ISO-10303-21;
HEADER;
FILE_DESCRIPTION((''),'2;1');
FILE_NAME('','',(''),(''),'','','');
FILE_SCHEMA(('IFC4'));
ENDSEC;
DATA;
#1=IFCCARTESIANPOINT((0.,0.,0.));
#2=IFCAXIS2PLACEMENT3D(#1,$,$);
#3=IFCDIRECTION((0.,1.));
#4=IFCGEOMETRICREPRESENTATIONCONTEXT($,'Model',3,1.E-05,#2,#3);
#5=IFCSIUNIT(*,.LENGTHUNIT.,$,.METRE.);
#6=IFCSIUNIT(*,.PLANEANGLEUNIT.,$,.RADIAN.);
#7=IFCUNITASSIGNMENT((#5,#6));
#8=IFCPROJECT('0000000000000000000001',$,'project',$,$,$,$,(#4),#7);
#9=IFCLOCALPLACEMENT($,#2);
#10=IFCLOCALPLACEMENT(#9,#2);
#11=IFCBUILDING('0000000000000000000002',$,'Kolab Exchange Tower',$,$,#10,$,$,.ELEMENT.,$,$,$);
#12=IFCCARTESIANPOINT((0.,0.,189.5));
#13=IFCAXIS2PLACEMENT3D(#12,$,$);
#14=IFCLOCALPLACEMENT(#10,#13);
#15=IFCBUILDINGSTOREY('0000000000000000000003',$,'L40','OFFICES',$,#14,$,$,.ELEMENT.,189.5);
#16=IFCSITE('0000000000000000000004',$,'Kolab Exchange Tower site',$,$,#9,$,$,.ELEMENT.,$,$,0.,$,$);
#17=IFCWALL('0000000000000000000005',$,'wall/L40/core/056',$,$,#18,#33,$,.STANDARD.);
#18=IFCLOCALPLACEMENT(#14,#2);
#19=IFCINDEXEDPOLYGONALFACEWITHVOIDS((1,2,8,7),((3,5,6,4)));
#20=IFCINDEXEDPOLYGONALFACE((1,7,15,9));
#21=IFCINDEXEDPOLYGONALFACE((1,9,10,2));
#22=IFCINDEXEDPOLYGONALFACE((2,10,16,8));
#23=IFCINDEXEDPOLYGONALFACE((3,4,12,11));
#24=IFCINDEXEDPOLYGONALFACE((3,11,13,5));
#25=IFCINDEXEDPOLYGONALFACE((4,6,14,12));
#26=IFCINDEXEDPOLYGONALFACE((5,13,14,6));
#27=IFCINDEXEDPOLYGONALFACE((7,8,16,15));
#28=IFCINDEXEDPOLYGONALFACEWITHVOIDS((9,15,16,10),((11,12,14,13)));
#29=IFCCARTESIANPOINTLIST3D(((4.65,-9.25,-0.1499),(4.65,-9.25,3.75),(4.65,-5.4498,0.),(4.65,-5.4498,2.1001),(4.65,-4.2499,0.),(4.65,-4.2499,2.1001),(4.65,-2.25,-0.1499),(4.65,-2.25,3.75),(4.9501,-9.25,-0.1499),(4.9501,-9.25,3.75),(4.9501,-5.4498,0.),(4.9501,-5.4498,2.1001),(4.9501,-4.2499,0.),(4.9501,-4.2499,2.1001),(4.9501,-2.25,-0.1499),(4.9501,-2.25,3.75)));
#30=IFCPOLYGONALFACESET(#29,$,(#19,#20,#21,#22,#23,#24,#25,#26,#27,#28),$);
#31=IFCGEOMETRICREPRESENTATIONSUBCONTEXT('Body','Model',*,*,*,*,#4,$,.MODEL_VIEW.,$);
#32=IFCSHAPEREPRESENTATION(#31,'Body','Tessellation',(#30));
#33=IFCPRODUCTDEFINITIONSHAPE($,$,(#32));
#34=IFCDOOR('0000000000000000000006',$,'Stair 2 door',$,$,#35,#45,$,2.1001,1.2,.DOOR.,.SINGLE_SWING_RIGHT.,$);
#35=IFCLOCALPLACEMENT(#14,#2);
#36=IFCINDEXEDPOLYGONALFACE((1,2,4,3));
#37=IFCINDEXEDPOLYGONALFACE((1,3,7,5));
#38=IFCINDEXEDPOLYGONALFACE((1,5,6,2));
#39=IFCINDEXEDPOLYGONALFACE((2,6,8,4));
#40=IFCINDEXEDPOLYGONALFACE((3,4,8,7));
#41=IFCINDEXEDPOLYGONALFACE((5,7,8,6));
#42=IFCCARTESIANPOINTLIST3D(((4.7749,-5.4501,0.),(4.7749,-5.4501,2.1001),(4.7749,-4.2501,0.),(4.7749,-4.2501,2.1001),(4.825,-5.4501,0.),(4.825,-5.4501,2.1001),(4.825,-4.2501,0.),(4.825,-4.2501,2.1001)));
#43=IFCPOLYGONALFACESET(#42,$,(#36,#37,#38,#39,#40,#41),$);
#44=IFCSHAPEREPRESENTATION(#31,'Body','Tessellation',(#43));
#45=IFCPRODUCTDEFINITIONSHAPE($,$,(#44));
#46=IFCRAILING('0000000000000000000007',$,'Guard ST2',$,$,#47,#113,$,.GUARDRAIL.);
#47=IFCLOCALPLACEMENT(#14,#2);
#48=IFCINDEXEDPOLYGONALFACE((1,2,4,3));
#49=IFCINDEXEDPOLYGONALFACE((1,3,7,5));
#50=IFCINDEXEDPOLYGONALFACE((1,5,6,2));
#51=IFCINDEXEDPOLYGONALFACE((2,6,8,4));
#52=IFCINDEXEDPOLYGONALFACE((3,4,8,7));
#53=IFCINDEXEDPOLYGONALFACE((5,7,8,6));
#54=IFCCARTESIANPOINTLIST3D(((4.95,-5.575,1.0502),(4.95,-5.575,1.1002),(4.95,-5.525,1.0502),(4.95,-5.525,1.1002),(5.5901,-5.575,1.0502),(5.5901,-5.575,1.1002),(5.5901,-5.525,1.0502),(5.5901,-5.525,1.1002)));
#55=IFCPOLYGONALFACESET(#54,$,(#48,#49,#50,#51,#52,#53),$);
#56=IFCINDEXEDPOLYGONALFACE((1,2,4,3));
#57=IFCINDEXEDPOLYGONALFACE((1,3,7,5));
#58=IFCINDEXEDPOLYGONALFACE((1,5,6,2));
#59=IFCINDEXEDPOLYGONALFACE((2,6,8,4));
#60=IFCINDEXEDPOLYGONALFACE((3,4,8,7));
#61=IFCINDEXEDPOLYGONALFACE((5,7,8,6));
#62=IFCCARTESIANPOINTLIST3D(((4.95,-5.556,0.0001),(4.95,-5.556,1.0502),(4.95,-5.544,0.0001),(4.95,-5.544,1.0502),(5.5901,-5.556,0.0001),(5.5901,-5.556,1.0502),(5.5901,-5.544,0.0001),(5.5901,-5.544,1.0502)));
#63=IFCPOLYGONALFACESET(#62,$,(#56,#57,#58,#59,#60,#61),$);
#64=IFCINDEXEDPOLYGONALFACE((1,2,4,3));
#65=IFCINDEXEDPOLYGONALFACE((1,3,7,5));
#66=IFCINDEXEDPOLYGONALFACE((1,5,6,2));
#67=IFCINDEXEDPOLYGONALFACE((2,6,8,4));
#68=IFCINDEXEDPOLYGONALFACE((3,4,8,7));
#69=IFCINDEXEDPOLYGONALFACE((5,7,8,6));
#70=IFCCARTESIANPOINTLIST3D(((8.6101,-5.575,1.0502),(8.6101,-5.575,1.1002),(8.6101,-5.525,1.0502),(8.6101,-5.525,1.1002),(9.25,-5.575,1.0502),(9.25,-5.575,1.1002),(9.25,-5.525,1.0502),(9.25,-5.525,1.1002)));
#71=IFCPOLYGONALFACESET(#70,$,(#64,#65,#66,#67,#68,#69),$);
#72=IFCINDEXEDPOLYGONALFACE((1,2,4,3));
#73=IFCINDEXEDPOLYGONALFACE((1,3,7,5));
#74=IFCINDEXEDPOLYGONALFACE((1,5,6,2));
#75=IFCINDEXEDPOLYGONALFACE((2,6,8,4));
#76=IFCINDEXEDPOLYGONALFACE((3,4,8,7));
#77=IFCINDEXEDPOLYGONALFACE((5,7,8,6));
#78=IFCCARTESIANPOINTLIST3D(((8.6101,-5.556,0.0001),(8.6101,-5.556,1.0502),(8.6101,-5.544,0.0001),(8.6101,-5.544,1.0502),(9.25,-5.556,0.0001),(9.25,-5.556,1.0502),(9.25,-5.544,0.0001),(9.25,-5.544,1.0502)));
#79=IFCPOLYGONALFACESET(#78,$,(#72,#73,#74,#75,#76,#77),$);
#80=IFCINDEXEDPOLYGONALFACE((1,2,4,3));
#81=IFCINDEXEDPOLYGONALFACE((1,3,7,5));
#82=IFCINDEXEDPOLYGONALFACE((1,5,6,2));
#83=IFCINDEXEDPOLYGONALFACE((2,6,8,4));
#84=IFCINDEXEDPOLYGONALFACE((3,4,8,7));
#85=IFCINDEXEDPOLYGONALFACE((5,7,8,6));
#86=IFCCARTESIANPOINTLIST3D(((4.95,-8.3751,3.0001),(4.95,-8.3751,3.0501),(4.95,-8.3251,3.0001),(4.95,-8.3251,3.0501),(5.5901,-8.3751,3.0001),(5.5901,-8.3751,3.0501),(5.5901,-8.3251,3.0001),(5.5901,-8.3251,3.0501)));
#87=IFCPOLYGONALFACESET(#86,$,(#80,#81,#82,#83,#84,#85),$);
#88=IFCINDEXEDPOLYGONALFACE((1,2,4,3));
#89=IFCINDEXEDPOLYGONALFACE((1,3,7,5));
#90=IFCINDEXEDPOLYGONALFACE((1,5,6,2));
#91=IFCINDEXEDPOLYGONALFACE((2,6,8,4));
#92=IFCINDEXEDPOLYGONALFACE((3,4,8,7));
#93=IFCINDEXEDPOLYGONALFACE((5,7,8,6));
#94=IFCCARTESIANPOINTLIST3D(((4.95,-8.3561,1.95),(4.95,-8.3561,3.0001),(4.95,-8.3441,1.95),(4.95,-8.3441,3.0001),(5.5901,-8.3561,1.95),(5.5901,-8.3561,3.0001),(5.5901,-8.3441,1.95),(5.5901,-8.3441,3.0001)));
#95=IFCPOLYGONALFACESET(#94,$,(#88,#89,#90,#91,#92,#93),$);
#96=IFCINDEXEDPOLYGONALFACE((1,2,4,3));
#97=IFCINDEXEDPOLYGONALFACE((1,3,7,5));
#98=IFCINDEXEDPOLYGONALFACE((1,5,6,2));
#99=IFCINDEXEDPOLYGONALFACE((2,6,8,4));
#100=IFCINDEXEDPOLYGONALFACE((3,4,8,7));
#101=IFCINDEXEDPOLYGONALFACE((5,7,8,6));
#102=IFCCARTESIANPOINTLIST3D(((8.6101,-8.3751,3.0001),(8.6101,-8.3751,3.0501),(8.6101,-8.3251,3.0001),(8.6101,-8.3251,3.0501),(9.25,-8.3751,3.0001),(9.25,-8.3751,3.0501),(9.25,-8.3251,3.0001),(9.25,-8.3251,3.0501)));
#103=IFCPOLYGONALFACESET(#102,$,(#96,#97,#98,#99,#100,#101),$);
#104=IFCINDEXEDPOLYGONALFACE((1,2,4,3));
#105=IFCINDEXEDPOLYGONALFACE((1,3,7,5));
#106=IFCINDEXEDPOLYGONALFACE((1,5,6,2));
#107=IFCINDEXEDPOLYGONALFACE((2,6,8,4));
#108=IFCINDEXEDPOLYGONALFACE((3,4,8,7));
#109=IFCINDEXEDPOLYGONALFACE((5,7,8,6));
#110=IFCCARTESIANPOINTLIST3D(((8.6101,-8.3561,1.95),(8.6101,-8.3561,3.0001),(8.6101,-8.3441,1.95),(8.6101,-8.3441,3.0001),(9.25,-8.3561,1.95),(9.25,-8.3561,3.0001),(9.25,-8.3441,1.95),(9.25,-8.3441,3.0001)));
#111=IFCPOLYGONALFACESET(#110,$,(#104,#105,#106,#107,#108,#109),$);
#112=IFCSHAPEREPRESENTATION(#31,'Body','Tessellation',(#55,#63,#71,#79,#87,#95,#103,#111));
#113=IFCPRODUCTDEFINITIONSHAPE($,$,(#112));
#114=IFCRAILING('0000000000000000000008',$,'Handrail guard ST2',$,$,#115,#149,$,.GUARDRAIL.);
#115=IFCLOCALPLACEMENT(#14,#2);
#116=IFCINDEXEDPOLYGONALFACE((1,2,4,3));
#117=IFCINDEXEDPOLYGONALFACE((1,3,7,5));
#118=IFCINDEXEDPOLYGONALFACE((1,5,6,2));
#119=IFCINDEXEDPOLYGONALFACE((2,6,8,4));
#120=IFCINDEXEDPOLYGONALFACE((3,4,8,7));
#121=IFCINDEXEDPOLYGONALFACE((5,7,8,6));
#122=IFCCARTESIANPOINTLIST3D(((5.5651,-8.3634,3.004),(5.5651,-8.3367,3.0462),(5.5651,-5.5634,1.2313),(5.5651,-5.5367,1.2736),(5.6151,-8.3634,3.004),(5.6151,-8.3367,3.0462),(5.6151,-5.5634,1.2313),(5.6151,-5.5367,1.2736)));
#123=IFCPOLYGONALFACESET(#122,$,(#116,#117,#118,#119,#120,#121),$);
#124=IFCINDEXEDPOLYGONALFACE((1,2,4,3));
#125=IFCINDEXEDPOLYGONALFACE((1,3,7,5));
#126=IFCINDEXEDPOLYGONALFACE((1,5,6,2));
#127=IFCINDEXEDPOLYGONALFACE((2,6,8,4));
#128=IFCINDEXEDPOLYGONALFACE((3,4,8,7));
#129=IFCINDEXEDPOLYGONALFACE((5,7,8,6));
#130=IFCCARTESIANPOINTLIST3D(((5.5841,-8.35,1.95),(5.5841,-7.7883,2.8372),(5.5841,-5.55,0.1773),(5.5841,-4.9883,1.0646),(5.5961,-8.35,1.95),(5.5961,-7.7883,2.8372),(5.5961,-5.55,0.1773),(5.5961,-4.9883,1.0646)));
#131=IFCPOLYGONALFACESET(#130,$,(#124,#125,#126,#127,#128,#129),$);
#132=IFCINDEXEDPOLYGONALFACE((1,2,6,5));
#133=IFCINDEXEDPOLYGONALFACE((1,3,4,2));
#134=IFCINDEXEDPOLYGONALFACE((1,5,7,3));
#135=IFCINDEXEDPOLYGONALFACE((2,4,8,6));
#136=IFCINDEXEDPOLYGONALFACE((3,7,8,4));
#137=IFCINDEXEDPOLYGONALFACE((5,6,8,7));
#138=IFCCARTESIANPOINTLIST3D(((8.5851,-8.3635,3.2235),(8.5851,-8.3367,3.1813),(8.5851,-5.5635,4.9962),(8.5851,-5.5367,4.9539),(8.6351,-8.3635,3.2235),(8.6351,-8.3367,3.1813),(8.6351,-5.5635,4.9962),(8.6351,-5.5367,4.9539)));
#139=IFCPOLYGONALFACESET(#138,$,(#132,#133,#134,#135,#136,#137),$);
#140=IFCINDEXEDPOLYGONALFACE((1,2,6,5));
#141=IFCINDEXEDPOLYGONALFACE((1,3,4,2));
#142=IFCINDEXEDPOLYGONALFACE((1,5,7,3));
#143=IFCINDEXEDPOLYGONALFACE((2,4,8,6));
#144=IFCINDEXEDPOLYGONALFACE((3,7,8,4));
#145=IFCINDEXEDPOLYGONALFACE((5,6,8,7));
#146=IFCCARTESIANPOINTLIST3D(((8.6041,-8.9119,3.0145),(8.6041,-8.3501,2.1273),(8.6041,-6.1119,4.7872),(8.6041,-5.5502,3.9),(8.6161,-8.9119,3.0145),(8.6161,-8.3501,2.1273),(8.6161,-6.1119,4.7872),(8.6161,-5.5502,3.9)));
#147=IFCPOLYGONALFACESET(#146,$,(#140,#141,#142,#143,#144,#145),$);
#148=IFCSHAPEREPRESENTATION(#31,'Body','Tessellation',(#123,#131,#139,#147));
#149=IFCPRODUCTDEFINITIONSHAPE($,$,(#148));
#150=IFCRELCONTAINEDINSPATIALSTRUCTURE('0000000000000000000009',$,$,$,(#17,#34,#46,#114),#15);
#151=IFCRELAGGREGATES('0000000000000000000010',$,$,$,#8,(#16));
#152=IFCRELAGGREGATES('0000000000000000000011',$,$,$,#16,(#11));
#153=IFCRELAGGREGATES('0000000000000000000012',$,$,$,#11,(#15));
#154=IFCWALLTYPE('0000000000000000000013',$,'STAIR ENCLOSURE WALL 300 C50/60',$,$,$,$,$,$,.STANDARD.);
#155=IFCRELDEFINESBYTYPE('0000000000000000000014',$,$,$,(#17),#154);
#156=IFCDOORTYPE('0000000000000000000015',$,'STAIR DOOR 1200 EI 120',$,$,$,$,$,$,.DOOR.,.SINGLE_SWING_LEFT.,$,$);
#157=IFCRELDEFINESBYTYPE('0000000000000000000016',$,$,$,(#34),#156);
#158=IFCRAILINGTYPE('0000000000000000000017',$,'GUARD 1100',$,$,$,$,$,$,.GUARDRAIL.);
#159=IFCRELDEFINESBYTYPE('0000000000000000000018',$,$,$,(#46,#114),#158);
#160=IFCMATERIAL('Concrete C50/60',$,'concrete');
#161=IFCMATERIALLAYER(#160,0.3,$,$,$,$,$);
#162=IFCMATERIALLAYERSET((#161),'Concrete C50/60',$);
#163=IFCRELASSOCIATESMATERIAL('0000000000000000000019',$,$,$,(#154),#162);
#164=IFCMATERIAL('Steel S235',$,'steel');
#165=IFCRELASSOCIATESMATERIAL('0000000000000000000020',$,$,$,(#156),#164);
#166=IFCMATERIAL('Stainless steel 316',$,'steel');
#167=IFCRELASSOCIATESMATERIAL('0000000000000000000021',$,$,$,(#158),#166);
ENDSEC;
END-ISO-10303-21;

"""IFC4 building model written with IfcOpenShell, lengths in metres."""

from ifc_helpers import new_model, si_unit, direction, frame, frame_2d, origin, origin_2d, place, context, subcontext, project, spatial, rectangle, extrude, material, layer, layer_set, type_object, element, fill, save


model = new_model("IFC4")

# Units and contexts
model_context = context("Model", 3, precision=1e-05, world=origin(), true_north=direction((0.0, 1.0)))
body_context = subcontext(model_context, "Body", "Model", "MODEL_VIEW")
ifc_project = project(units=[si_unit("LENGTHUNIT", "METRE"), si_unit("PLANEANGLEUNIT", "RADIAN")], contexts=[model_context])

# Site, building, storey
site_placement = place(None, origin())
site = spatial("IfcSite", under=ifc_project, at=site_placement, Name="Kolab Exchange Tower site", CompositionType="ELEMENT", RefElevation=0.0)
building_placement = place(site_placement, origin())
building = spatial("IfcBuilding", under=site, at=building_placement, Name="Kolab Exchange Tower", CompositionType="ELEMENT")
storey_placement = place(building_placement, frame((0.0, 0.0, 189.5)))
storey = spatial("IfcBuildingStorey", under=building, at=storey_placement, Name="L40", Description="OFFICES", CompositionType="ELEMENT", Elevation=189.5)

# Shared definitions
ifc_material_1 = material(Name="Concrete C50/60", Category="concrete")
ifc_material_2 = material(Name="Stainless steel 316", Category="steel")

# Shared definitions
ifc_layer_1 = layer(ifc_material_1, 0.3)
ifc_layer_set_1 = layer_set([ifc_layer_1], Name="Concrete C50/60")
wall_type_1 = type_object("IfcWallType", Name="STAIR ENCLOSURE WALL 300 C50/60", PredefinedType="STANDARD", material=ifc_layer_set_1)

# Wall, opening, door
wall_1_placement = place(storey_placement, frame((4.8, -9.25, -0.1499), z_axis=(0.0, 0.0, 1.0), x_axis=(0.0, 1.0, 0.0)))
wall_1 = element("IfcWall", 1, at=wall_1_placement, inside=storey, type_object=wall_type_1, Name="wall/L40/core/056", PredefinedType="STANDARD", context=body_context, shape_type="SweptSolid", body=[
    extrude(rectangle(XDim=7.0, YDim=0.3, at=frame_2d((3.5, 0.0))), origin(), (0.0, 0.0, 1.0), 3.8999),
])
opening_1_placement = place(wall_1_placement, frame((3.8, 0.0, 0.1499)))
opening_1 = element("IfcOpeningElement", 2, at=opening_1_placement, cuts=wall_1, PredefinedType="OPENING", context=body_context, shape_type="SweptSolid", body=[
    extrude(rectangle(XDim=1.2, YDim=2.1001, at=frame_2d((0.6001, 1.05))), frame((0.0, 0.1602, 0.0), z_axis=(0.0, -1.0, 0.0), x_axis=(1.0, 0.0, 0.0)), (0.0, 0.0, 1.0), 0.3201),
])
ifc_material_3 = material(Name="Steel S235", Category="steel")
door_type_1 = type_object("IfcDoorType", Name="STAIR DOOR 1200 EI 120", OperationType="SINGLE_SWING_LEFT", PredefinedType="DOOR", material=ifc_material_3)
door_1_placement = place(opening_1_placement, frame((1.2, 0.0, 0.0), z_axis=(0.0, 0.0, 1.0), x_axis=(-1.0, 0.0, 0.0)))
door_1 = element("IfcDoor", 3, at=door_1_placement, inside=storey, type_object=door_type_1, Name="Stair 2 door", OperationType="SINGLE_SWING_RIGHT", OverallHeight=2.1001, OverallWidth=1.2, PredefinedType="DOOR", context=body_context, shape_type="SweptSolid", body=[
    extrude(rectangle(XDim=1.2, YDim=2.1001, at=frame_2d((0.6001, 1.05))), frame((0.0, 0.0249, 0.0), z_axis=(0.0, -1.0, 0.0), x_axis=(1.0, 0.0, 0.0)), (0.0, 0.0, 1.0), 0.05),
])
fill(opening_1, door_1)

# Railings
railing_type = type_object("IfcRailingType", Name="GUARD 1100", PredefinedType="GUARDRAIL", material=ifc_material_2)
railing_1_placement = place(storey_placement, frame((4.95, -5.55, 0.0)))
element("IfcRailing", 4, at=railing_1_placement, inside=storey, type_object=railing_type, Name="Guard ST2", PredefinedType="GUARDRAIL", context=body_context, shape_type="SweptSolid", body=[
    extrude(rectangle(XDim=0.05, YDim=0.05, at=origin_2d()), frame((0.0, 0.0, 1.0752), z_axis=(1.0, 0.0, 0.0), x_axis=(0.0, 1.0, 0.0)), (0.0, 0.0, 1.0), 0.6401),
    extrude(rectangle(XDim=0.012, YDim=1.0501, at=frame_2d((0.0, 0.5251))), frame((0.0, 0.0, 0.0), z_axis=(1.0, 0.0, 0.0), x_axis=(0.0, 1.0, 0.0)), (0.0, 0.0, 1.0), 0.6401),
    extrude(rectangle(XDim=0.05, YDim=0.05, at=origin_2d()), frame((3.6602, 0.0, 1.0752), z_axis=(1.0, 0.0, 0.0), x_axis=(0.0, 1.0, 0.0)), (0.0, 0.0, 1.0), 0.6399),
    extrude(rectangle(XDim=0.012, YDim=1.0501, at=frame_2d((0.0, 0.5251))), frame((3.6602, 0.0, 0.0), z_axis=(1.0, 0.0, 0.0), x_axis=(0.0, 1.0, 0.0)), (0.0, 0.0, 1.0), 0.6399),
    extrude(rectangle(XDim=0.05, YDim=0.05, at=origin_2d()), frame((0.0, -2.8, 3.0251), z_axis=(1.0, 0.0, 0.0), x_axis=(0.0, 1.0, 0.0)), (0.0, 0.0, 1.0), 0.6401),
    extrude(rectangle(XDim=0.012, YDim=1.0501, at=frame_2d((0.0, 0.5251))), frame((0.0, -2.8, 1.95), z_axis=(1.0, 0.0, 0.0), x_axis=(0.0, 1.0, 0.0)), (0.0, 0.0, 1.0), 0.6401),
    extrude(rectangle(XDim=0.05, YDim=0.05, at=origin_2d()), frame((3.6602, -2.8, 3.0251), z_axis=(1.0, 0.0, 0.0), x_axis=(0.0, 1.0, 0.0)), (0.0, 0.0, 1.0), 0.6399),
    extrude(rectangle(XDim=0.012, YDim=1.0501, at=frame_2d((0.0, 0.5251))), frame((3.6602, -2.8, 1.95), z_axis=(1.0, 0.0, 0.0), x_axis=(0.0, 1.0, 0.0)), (0.0, 0.0, 1.0), 0.6399),
])
railing_2_placement = place(storey_placement, frame((5.5901, -5.55, 0.1772)))
element("IfcRailing", 5, at=railing_2_placement, inside=storey, type_object=railing_type, Name="Handrail guard ST2", PredefinedType="GUARDRAIL", context=body_context, shape_type="SweptSolid", body=[
    extrude(rectangle(XDim=0.05, YDim=0.05, at=origin_2d()), frame((0.0, 0.0, 1.0752), z_axis=(0.0, -0.844909, 0.53491), x_axis=(1.0, 0.0, 0.0)), (0.0, 0.0, 1.0), 3.314),
    extrude(rectangle(XDim=0.012, YDim=1.0501, at=frame_2d((0.0, 0.5251))), frame((0.0, 0.0, 0.0), z_axis=(0.0, -0.844909, 0.53491), x_axis=(1.0, 0.0, 0.0)), (0.0, 0.0, 1.0), 3.314),
    extrude(rectangle(XDim=0.05, YDim=0.05, at=origin_2d()), frame((3.02, -2.8, 3.0251), z_axis=(0.0, 0.844909, 0.53491), x_axis=(-1.0, 0.0, 0.0)), (0.0, 0.0, 1.0), 3.314),
    extrude(rectangle(XDim=0.012, YDim=1.0501, at=frame_2d((0.0, 0.5251))), frame((3.02, -2.8, 1.95), z_axis=(0.0, 0.844909, 0.53491), x_axis=(-1.0, 0.0, 0.0)), (0.0, 0.0, 1.0), 3.314),
])

save(model, "model.ifc")
